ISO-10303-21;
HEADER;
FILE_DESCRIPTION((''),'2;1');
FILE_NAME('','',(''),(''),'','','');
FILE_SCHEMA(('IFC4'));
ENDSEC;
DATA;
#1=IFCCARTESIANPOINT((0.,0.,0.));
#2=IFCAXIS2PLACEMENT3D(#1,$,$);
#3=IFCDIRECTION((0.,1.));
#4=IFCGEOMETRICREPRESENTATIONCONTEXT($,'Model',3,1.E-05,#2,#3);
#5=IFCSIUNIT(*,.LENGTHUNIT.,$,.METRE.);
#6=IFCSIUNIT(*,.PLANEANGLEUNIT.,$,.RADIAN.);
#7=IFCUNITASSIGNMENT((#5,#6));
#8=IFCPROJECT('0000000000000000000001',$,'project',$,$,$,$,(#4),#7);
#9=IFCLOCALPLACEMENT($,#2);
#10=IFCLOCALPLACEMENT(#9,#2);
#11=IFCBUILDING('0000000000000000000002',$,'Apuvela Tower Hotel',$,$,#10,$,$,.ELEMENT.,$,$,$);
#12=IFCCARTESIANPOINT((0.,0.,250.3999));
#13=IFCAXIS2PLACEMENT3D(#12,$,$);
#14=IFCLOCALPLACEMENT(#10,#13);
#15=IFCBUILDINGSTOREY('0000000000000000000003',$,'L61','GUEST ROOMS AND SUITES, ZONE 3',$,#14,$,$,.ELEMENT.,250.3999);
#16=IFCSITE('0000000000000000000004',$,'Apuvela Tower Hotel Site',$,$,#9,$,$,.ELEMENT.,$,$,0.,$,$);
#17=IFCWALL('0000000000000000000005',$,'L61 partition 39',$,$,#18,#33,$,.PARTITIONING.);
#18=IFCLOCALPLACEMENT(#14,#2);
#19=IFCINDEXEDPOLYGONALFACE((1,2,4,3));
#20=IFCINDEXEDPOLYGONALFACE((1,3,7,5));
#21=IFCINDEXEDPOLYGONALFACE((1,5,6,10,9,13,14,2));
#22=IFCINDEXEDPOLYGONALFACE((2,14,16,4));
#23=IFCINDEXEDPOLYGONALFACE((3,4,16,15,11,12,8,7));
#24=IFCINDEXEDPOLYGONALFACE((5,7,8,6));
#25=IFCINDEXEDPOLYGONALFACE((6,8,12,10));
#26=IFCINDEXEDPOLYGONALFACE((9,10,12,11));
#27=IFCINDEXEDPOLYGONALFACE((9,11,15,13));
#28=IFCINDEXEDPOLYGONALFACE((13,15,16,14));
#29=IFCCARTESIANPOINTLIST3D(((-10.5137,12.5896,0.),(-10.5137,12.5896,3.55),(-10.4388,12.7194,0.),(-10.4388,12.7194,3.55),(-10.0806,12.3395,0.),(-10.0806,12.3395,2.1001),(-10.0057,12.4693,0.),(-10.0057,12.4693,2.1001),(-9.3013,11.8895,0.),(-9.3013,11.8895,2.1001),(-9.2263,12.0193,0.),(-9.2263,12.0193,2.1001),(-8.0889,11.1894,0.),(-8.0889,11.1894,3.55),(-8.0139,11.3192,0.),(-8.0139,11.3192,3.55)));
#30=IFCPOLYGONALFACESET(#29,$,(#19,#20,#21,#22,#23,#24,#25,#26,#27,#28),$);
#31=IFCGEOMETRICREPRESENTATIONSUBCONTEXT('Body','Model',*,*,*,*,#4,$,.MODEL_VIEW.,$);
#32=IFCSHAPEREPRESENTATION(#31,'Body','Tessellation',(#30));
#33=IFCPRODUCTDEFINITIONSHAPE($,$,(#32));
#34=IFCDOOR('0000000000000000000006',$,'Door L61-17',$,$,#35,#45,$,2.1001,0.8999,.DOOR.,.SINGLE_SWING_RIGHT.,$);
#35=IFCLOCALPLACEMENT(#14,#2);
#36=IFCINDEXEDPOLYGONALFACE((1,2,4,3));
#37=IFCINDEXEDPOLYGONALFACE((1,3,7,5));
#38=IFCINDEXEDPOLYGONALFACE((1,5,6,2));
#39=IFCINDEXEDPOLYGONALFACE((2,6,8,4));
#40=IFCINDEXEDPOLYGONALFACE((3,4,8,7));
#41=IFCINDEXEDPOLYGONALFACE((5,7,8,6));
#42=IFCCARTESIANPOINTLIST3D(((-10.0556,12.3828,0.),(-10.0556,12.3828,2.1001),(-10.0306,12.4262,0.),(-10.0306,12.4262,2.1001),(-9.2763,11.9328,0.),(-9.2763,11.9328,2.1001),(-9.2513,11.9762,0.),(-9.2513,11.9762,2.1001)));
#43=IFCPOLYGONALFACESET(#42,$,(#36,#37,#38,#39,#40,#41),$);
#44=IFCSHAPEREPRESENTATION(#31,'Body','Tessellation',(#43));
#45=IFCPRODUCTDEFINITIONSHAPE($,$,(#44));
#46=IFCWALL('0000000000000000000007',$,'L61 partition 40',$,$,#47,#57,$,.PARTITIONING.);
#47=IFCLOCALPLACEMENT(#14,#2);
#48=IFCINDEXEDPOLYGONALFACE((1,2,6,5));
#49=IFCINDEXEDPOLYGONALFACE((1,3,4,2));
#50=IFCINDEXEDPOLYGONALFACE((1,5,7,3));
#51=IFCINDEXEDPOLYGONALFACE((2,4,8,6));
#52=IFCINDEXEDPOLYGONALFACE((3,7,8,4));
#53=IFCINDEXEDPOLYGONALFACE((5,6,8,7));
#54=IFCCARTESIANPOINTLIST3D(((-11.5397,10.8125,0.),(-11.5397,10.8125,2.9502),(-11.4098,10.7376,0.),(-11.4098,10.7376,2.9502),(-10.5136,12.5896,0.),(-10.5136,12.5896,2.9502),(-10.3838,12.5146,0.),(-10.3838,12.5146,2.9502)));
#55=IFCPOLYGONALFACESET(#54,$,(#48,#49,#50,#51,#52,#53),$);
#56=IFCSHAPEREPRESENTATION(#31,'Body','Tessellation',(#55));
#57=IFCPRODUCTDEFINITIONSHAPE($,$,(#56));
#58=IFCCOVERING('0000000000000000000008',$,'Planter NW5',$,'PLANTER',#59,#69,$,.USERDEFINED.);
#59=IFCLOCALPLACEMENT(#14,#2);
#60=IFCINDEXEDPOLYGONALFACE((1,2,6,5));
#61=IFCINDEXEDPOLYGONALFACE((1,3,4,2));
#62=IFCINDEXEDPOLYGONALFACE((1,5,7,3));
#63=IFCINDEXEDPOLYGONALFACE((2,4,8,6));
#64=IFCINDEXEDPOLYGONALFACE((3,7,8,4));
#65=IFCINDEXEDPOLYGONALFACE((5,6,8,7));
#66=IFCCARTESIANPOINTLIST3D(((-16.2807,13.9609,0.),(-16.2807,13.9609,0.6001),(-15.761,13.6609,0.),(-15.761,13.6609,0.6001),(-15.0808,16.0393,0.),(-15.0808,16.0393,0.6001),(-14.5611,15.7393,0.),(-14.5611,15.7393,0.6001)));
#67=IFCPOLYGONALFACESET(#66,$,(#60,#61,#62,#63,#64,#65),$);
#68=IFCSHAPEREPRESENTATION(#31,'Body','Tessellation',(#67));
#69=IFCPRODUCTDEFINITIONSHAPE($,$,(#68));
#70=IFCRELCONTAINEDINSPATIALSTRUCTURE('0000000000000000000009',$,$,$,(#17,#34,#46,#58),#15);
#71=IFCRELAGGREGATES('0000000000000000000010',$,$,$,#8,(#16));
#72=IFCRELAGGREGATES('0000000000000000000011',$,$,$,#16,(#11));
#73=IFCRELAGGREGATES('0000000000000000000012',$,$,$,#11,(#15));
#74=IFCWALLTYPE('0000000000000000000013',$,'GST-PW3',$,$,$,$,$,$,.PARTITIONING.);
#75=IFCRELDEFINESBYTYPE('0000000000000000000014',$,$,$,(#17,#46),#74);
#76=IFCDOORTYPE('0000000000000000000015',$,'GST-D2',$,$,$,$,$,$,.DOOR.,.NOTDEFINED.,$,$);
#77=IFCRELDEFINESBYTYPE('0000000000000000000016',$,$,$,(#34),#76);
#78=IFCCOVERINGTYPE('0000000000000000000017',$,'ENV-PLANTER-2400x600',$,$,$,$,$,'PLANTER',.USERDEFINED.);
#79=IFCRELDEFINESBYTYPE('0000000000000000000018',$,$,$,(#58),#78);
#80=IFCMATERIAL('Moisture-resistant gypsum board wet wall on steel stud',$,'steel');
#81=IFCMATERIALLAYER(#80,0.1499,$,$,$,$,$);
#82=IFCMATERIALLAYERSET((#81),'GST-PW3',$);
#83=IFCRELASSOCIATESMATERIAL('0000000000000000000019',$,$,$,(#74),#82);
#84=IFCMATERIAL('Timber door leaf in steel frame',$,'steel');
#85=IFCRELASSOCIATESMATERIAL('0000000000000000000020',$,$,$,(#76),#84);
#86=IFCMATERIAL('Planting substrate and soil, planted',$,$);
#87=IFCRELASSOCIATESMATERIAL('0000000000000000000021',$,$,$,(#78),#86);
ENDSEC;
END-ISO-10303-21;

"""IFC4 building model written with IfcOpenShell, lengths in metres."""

from ifc_helpers import new_model, si_unit, direction, frame, frame_2d, origin, origin_2d, place, context, subcontext, project, spatial, rectangle, extrude, material, layer, layer_set, type_object, element, fill, save


model = new_model("IFC4")

# Units and contexts
model_context = context("Model", 3, precision=1e-05, world=origin(), true_north=direction((0.0, 1.0)))
body_context = subcontext(model_context, "Body", "Model", "MODEL_VIEW")
ifc_project = project(units=[si_unit("LENGTHUNIT", "METRE"), si_unit("PLANEANGLEUNIT", "RADIAN")], contexts=[model_context])

# Site, building, storey
site_placement = place(None, origin())
site = spatial("IfcSite", under=ifc_project, at=site_placement, Name="Apuvela Tower Hotel Site", CompositionType="ELEMENT", RefElevation=0.0)
building_placement = place(site_placement, origin())
building = spatial("IfcBuilding", under=site, at=building_placement, Name="Apuvela Tower Hotel", CompositionType="ELEMENT")
storey_placement = place(building_placement, frame((0.0, 0.0, 250.3999)))
storey = spatial("IfcBuildingStorey", under=building, at=storey_placement, Name="L61", Description="GUEST ROOMS AND SUITES, ZONE 3", CompositionType="ELEMENT", Elevation=250.3999)

# Wall, opening, door
ifc_material_1 = material(Name="Moisture-resistant gypsum board wet wall on steel stud", Category="steel")
ifc_layer_1 = layer(ifc_material_1, 0.1499)
ifc_layer_set_1 = layer_set([ifc_layer_1], Name="GST-PW3")
wall_type_1 = type_object("IfcWallType", Name="GST-PW3", PredefinedType="PARTITIONING", material=ifc_layer_set_1)
wall_1_placement = place(storey_placement, frame((-8.0515, 11.2544, 0.0), z_axis=(0.0, 0.0, 1.0), x_axis=(-0.865997, 0.50005, 0.0)))
wall_1 = element("IfcWall", 1, at=wall_1_placement, inside=storey, type_object=wall_type_1, Name="L61 partition 39", PredefinedType="PARTITIONING", context=body_context, shape_type="SweptSolid", body=[
    extrude(rectangle(XDim=2.8, YDim=0.1499, at=frame_2d((1.3999, 0.0))), origin(), (0.0, 0.0, 1.0), 3.55),
])
opening_1_placement = place(wall_1_placement, frame((1.3999, 0.0, 0.0)))
opening_1 = element("IfcOpeningElement", 2, at=opening_1_placement, cuts=wall_1, PredefinedType="OPENING", context=body_context, shape_type="SweptSolid", body=[
    extrude(rectangle(XDim=0.8999, YDim=2.1001, at=frame_2d((0.45, 1.05))), frame((0.0, 0.085, 0.0), z_axis=(0.0, -1.0, 0.0), x_axis=(1.0, 0.0, 0.0)), (0.0, 0.0, 1.0), 0.1699),
])
ifc_material_2 = material(Name="Timber door leaf in steel frame", Category="steel")
door_type_1 = type_object("IfcDoorType", Name="GST-D2", OperationType="NOTDEFINED", PredefinedType="DOOR", material=ifc_material_2)
door_1_placement = place(opening_1_placement, origin())
door_1 = element("IfcDoor", 3, at=door_1_placement, inside=storey, type_object=door_type_1, Name="Door L61-17", OperationType="SINGLE_SWING_RIGHT", OverallHeight=2.1001, OverallWidth=0.8999, PredefinedType="DOOR", context=body_context, shape_type="SweptSolid", body=[
    extrude(rectangle(XDim=0.8999, YDim=2.1001, at=frame_2d((0.45, 1.05))), frame((0.0, 0.0249, 0.0), z_axis=(0.0, -1.0, 0.0), x_axis=(1.0, 0.0, 0.0)), (0.0, 0.0, 1.0), 0.05),
])
fill(opening_1, door_1)

# Wall
wall_2_placement = place(storey_placement, frame((-10.4487, 12.552, 0.0), z_axis=(0.0, 0.0, 1.0), x_axis=(-0.500042, -0.866001, 0.0)))
element("IfcWall", 4, at=wall_2_placement, inside=storey, type_object=wall_type_1, Name="L61 partition 40", PredefinedType="PARTITIONING", context=body_context, shape_type="SweptSolid", body=[
    extrude(rectangle(XDim=2.052, YDim=0.1499, at=frame_2d((1.0259, 0.0))), origin(), (0.0, 0.0, 1.0), 2.9502),
])

# Covering
ifc_material_3 = material(Name="Planting substrate and soil, planted")
covering_type = type_object("IfcCoveringType", Name="ENV-PLANTER-2400x600", ElementType="PLANTER", PredefinedType="USERDEFINED", material=ifc_material_3)
covering_placement = place(storey_placement, frame((-15.4209, 14.8501, 0.0), z_axis=(0.0, 0.0, 1.0), x_axis=(-0.5, -0.866025, 0.0)))
element("IfcCovering", 5, at=covering_placement, inside=storey, type_object=covering_type, Name="Planter NW5", ObjectType="PLANTER", PredefinedType="USERDEFINED", context=body_context, shape_type="SweptSolid", body=[
    extrude(rectangle(XDim=2.3999, YDim=0.6001, at=origin_2d()), origin(), (0.0, 0.0, 1.0), 0.6001),
])

save(model, "model.ifc")
